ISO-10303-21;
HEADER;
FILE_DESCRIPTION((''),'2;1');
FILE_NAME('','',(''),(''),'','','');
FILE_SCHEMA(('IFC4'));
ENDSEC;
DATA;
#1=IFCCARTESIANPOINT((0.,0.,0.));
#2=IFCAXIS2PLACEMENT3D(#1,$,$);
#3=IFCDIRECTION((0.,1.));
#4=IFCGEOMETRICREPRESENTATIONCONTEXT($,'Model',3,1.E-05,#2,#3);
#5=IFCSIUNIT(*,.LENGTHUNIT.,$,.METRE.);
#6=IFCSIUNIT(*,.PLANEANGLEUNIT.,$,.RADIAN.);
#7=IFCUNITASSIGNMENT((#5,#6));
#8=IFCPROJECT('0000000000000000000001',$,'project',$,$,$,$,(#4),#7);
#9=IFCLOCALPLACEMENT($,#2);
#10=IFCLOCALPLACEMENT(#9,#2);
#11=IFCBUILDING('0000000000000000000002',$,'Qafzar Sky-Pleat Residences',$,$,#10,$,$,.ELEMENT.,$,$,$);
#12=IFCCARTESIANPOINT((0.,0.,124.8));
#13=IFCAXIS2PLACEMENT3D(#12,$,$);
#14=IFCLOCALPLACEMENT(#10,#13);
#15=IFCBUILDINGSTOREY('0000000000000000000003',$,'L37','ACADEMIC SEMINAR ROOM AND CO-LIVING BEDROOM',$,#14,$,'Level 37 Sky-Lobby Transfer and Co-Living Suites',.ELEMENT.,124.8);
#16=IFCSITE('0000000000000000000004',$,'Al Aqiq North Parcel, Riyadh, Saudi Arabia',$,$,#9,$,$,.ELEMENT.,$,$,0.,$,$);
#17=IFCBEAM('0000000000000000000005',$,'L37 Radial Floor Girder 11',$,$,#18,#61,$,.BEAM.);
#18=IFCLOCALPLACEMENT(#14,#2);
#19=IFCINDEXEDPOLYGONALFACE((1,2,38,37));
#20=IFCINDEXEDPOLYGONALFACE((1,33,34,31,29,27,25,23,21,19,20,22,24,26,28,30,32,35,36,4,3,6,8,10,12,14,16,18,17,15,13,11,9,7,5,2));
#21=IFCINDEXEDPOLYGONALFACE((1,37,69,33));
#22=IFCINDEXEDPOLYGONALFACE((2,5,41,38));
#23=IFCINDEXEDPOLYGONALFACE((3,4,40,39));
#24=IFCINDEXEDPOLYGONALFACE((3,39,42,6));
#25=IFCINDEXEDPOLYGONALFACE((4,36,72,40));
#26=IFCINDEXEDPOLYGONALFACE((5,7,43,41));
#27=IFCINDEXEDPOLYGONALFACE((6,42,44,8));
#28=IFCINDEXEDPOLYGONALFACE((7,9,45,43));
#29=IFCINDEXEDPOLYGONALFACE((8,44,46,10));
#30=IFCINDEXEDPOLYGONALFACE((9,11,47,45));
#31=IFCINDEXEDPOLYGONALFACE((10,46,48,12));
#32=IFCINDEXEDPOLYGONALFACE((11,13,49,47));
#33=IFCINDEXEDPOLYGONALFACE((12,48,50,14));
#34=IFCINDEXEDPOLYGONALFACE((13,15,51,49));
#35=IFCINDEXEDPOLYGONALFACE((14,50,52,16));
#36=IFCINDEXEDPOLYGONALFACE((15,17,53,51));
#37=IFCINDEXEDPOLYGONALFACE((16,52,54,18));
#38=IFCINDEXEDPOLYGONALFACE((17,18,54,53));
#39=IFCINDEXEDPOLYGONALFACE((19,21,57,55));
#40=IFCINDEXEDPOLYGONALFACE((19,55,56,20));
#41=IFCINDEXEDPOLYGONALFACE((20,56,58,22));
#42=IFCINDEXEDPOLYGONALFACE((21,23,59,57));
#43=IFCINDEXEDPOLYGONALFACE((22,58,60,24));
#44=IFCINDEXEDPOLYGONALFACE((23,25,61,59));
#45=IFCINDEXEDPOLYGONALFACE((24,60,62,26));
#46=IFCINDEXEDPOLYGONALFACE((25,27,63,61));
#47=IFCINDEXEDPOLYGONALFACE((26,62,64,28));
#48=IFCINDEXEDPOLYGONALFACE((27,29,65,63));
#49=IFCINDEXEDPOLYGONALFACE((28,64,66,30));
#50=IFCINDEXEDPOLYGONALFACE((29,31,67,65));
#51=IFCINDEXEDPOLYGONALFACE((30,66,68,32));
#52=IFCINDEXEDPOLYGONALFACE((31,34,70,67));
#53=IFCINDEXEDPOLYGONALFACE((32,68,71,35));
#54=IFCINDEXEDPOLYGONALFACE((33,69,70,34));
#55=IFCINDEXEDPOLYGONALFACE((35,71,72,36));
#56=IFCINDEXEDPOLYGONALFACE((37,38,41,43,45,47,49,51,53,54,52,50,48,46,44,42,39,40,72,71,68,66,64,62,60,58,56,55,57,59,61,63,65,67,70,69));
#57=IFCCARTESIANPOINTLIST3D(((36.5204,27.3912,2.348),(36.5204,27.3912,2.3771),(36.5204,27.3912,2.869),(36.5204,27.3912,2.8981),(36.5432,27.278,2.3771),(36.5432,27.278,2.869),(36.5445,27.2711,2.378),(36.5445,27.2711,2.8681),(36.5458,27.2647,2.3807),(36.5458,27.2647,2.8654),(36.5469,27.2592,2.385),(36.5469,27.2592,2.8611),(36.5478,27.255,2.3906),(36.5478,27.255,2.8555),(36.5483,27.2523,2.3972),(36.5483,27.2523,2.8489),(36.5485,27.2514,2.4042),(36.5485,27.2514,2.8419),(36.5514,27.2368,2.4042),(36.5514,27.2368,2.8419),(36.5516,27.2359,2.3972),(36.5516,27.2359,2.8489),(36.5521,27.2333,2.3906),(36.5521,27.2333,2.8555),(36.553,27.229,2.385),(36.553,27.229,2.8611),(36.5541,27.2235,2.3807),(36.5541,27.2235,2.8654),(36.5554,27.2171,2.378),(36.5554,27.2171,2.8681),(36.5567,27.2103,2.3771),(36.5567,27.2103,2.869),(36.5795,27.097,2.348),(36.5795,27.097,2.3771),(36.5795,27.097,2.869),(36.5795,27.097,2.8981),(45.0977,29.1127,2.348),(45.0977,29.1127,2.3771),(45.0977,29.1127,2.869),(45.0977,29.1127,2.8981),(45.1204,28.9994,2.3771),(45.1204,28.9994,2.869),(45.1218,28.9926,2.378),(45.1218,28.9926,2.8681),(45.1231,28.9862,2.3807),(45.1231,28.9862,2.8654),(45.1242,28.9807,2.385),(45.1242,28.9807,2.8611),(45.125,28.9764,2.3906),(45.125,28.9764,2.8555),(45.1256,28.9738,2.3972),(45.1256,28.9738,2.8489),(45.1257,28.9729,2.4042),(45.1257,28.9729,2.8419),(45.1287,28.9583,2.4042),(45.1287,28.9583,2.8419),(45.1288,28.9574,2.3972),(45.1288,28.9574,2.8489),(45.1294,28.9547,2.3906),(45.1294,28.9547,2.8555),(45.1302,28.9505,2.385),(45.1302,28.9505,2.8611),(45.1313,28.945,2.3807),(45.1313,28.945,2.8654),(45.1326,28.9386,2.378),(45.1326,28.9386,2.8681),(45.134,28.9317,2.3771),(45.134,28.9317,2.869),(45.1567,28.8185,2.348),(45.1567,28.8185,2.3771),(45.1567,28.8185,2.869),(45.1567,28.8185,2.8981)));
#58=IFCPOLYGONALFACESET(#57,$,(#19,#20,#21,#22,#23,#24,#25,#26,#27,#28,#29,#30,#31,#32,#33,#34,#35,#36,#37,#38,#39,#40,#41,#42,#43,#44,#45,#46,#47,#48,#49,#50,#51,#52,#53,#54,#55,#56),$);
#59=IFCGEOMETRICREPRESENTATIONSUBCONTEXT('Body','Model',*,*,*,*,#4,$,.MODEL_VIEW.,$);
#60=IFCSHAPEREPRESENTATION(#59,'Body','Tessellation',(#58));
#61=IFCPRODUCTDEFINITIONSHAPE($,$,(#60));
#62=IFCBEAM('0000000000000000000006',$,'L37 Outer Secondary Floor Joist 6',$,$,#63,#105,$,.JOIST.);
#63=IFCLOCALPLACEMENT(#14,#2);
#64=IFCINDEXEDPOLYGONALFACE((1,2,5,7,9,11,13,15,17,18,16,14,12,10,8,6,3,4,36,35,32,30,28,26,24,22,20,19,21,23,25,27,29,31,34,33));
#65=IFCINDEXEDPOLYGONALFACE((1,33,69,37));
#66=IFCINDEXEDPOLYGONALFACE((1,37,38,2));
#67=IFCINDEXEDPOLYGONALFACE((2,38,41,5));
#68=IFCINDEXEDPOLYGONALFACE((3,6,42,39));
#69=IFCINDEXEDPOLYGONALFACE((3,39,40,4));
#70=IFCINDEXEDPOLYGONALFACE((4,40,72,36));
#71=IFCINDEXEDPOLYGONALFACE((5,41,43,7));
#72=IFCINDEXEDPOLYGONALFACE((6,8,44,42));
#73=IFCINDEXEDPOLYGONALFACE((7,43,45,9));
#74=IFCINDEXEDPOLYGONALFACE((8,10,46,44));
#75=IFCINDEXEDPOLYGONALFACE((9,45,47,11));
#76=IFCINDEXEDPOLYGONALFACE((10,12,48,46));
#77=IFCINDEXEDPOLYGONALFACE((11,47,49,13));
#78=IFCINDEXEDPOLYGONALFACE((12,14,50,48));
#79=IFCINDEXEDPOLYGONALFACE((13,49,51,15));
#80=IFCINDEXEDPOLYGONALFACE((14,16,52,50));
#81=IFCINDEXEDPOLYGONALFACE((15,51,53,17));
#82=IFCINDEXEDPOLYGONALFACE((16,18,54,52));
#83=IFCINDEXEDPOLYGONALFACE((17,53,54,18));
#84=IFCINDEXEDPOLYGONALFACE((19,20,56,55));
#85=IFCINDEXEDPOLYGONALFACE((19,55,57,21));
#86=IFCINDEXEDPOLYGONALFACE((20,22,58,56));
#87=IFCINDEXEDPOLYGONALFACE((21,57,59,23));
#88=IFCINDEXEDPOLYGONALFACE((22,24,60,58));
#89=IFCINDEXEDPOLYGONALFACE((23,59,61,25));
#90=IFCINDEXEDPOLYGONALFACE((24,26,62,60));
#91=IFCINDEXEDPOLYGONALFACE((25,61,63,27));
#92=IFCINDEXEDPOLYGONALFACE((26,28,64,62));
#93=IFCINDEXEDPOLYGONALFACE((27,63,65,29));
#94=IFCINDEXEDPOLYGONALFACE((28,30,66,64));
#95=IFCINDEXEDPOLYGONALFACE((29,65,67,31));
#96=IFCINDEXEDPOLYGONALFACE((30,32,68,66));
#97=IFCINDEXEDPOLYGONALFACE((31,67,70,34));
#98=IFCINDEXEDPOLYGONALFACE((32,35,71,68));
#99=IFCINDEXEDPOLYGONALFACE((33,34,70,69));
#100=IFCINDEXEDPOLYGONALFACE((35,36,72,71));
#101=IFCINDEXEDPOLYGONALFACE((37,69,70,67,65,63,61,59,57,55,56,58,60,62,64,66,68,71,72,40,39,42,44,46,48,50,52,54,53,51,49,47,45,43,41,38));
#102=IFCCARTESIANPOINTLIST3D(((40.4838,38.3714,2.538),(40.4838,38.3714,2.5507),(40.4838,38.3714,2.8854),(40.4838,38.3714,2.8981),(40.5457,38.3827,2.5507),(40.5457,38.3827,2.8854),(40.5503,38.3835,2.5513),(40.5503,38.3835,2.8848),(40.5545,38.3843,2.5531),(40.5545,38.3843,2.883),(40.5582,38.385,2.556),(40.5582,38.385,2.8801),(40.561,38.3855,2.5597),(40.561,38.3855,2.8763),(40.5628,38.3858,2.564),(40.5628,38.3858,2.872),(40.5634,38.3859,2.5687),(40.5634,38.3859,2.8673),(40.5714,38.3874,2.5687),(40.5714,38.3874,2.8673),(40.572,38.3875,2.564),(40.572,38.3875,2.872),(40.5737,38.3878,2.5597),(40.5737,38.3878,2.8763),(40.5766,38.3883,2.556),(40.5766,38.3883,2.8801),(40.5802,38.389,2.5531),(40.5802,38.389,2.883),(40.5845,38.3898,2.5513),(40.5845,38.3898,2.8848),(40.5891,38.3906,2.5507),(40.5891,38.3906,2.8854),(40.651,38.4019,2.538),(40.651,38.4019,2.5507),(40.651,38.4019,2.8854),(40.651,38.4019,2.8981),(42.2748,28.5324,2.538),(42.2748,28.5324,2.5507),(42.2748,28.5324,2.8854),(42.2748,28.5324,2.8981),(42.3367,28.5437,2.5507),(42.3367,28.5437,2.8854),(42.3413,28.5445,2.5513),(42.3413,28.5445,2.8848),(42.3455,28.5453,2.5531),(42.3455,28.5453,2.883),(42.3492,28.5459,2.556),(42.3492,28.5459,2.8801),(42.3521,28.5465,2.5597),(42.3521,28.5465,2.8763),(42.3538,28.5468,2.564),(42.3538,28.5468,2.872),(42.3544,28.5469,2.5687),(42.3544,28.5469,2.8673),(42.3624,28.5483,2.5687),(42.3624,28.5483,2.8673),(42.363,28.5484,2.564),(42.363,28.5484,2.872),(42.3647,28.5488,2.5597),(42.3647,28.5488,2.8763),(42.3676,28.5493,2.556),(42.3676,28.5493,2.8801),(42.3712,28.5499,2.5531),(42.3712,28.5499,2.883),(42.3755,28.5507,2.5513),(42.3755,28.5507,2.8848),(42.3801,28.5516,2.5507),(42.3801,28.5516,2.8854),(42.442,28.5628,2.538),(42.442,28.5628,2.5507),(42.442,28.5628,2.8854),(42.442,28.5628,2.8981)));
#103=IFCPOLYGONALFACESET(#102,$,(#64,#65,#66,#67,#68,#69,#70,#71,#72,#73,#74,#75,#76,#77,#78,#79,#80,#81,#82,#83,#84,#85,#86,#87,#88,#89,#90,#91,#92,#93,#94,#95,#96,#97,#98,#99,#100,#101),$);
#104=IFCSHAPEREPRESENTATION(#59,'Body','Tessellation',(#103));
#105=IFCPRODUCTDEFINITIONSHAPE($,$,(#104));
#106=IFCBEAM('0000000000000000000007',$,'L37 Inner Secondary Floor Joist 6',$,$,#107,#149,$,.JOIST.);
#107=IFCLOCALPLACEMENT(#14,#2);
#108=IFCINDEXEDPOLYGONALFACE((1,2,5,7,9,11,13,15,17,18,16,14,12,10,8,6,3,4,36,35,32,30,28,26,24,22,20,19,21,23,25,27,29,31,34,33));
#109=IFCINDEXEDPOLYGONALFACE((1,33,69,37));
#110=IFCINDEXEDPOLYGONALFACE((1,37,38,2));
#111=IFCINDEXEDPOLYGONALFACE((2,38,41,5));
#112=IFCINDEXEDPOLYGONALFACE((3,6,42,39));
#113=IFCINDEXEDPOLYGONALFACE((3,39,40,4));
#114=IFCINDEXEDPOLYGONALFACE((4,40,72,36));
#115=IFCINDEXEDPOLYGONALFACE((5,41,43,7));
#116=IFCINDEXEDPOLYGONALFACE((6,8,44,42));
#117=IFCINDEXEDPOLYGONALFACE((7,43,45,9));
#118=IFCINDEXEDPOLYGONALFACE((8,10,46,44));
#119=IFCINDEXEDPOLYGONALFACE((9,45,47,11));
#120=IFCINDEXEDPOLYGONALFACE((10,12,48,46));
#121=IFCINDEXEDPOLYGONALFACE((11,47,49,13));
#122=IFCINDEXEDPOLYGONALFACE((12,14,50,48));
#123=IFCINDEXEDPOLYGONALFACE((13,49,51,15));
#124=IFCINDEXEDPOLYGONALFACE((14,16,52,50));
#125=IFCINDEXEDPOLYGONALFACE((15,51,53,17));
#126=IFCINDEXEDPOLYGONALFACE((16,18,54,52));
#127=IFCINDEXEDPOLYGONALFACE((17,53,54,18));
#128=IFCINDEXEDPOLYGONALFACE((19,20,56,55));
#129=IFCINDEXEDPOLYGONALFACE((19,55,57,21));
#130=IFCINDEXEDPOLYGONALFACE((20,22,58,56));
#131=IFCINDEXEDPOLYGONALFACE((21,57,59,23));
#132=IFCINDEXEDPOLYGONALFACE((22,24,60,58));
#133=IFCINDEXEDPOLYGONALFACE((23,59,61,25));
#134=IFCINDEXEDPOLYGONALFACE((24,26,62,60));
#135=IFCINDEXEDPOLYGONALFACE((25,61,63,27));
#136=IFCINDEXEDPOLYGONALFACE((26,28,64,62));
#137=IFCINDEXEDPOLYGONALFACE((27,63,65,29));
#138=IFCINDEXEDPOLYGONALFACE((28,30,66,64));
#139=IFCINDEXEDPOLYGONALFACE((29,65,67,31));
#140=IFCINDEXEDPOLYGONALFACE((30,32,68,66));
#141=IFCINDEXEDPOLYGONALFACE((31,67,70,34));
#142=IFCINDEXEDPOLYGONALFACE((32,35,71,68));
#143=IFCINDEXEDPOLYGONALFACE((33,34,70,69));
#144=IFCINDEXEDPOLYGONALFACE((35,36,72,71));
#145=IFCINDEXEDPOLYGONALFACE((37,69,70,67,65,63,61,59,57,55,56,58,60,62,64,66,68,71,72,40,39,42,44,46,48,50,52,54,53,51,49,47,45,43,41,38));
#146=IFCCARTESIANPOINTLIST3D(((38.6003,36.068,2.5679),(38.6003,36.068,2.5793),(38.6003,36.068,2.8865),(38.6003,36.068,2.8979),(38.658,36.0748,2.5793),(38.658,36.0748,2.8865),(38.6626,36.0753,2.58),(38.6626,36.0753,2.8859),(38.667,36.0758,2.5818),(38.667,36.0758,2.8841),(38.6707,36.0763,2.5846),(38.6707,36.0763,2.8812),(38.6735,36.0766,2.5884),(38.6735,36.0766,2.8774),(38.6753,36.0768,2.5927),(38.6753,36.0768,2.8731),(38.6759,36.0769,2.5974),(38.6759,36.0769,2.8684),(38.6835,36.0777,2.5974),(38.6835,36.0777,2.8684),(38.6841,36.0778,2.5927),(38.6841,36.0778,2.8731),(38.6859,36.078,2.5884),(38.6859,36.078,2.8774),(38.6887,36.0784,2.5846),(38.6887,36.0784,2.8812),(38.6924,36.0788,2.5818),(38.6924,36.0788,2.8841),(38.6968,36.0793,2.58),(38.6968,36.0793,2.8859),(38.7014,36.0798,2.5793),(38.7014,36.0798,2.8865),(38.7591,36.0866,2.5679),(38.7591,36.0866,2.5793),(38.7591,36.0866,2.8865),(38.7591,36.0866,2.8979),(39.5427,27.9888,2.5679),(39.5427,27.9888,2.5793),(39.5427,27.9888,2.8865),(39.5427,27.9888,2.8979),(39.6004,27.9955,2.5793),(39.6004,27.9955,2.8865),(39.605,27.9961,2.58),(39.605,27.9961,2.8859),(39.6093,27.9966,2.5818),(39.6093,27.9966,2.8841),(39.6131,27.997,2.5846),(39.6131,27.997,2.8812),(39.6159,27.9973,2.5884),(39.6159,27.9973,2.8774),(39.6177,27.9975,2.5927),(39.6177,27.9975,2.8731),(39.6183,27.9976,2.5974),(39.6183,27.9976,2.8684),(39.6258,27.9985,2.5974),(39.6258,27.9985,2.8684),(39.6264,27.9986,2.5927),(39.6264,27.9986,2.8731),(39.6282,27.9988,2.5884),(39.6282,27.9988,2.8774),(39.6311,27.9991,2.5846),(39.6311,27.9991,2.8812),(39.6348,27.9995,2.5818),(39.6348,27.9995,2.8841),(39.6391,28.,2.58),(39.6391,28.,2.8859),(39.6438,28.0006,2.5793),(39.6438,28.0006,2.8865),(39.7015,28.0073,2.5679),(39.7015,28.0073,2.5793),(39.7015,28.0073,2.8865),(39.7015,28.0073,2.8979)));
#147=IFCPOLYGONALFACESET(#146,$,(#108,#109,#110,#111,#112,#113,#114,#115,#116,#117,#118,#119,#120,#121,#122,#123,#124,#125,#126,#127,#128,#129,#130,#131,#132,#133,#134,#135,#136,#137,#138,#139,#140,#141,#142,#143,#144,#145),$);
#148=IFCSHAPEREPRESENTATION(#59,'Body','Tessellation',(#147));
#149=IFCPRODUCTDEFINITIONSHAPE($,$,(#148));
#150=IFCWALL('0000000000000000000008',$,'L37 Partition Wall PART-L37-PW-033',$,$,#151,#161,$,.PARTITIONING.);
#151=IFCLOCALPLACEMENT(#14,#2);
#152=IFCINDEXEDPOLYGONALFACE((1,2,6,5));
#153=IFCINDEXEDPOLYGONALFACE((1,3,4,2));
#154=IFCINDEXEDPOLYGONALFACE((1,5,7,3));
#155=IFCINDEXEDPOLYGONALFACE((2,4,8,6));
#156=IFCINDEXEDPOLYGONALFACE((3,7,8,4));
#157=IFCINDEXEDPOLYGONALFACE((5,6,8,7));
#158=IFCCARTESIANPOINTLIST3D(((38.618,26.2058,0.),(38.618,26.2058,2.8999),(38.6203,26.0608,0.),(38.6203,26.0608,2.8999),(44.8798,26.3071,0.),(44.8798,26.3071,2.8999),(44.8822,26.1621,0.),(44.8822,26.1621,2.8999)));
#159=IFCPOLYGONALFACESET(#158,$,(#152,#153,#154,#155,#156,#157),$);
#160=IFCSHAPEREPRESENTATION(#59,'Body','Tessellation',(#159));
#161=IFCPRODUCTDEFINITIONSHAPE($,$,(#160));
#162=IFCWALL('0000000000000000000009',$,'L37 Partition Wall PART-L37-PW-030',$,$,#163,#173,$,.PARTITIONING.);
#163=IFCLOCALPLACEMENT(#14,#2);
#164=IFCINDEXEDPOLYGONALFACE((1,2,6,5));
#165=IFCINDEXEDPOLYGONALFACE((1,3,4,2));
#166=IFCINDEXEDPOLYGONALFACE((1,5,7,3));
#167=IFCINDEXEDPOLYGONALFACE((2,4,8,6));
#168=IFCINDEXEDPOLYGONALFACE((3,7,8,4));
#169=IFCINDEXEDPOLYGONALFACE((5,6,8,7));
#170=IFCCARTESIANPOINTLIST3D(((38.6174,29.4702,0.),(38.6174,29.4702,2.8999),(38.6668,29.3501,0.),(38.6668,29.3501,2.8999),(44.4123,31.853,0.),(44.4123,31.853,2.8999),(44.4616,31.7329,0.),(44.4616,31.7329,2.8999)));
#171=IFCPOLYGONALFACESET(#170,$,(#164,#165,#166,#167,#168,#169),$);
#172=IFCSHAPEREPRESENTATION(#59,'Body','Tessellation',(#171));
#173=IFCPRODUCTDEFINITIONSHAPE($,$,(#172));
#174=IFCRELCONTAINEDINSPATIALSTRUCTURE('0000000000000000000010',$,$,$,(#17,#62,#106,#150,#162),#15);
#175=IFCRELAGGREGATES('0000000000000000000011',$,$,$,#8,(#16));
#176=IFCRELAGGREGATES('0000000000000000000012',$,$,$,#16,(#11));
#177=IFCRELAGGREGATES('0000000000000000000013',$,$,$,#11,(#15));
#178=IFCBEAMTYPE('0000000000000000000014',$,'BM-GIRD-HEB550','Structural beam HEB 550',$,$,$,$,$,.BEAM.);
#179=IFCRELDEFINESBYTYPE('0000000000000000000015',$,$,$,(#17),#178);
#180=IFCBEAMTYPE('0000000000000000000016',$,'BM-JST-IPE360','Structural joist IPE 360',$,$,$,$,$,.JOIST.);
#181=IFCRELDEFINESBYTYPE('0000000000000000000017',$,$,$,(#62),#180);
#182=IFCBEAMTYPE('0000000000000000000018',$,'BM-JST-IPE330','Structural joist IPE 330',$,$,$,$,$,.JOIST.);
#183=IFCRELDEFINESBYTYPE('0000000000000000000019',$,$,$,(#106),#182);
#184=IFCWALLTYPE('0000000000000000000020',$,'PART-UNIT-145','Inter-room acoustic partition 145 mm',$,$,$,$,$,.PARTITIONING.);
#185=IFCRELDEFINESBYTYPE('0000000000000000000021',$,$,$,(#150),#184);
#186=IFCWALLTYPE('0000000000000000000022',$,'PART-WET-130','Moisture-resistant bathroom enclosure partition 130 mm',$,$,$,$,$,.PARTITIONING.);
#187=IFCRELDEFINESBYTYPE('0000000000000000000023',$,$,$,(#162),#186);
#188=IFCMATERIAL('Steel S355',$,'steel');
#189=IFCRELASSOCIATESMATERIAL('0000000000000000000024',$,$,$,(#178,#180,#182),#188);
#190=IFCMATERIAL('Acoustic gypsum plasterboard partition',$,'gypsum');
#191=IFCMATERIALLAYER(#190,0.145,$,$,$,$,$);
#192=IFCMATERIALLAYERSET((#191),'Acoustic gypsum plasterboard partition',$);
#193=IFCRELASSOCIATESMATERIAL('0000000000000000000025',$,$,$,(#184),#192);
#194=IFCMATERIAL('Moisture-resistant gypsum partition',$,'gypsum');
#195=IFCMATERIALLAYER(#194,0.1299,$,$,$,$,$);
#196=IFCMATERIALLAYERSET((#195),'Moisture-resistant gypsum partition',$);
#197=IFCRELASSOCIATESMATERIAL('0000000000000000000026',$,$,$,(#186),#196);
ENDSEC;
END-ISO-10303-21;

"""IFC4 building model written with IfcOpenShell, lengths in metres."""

from ifc_helpers import new_model, si_unit, direction, frame, frame_2d, origin, origin_2d, place, context, subcontext, project, spatial, rectangle, i_section, extrude, source, transform, mapped, material, layer, layer_set, material_profile, profile_set, type_object, element, save


model = new_model("IFC4")

# Units and contexts
model_context = context("Model", 3, precision=1e-05, world=origin(), true_north=direction((0.0, 1.0)))
body_context = subcontext(model_context, "Body", "Model", "MODEL_VIEW")
ifc_project = project(units=[si_unit("LENGTHUNIT", "METRE"), si_unit("PLANEANGLEUNIT", "RADIAN")], contexts=[model_context])

# Site, building, storey
site_placement = place(None, origin())
site = spatial("IfcSite", under=ifc_project, at=site_placement, Name="Al Aqiq North Parcel, Riyadh, Saudi Arabia", CompositionType="ELEMENT", RefElevation=0.0)
building_placement = place(site_placement, origin())
building = spatial("IfcBuilding", under=site, at=building_placement, Name="Qafzar Sky-Pleat Residences", CompositionType="ELEMENT")
storey_placement = place(building_placement, frame((0.0, 0.0, 124.8)))
storey = spatial("IfcBuildingStorey", under=building, at=storey_placement, Name="L37", Description="ACADEMIC SEMINAR ROOM AND CO-LIVING BEDROOM", LongName="Level 37 Sky-Lobby Transfer and Co-Living Suites", CompositionType="ELEMENT", Elevation=124.8)

# Beams
ifc_material_1 = material(Name="Steel S355", Category="steel")
ifc_material_profile_1 = material_profile(ifc_material_1, i_section(OverallWidth=0.3, OverallDepth=0.55, WebThickness=0.0149, FlangeThickness=0.0291, FilletRadius=0.0271, at=origin_2d()), Name="HEB 550")
ifc_profile_set_1 = profile_set([ifc_material_profile_1], Name="Steel S355")
beam_type_1 = type_object("IfcBeamType", Name="BM-GIRD-HEB550", Description="Structural beam HEB 550", PredefinedType="BEAM", material=ifc_profile_set_1)
shared_shape_1 = source(origin(), body_context, "Body", "SweptSolid", [
    extrude(i_section(OverallWidth=0.3, OverallDepth=0.55, WebThickness=0.0149, FlangeThickness=0.0291, FilletRadius=0.0271, at=origin_2d()), origin(), (0.0, 0.0, 1.0), 8.7483),
])
beam_1_placement = place(storey_placement, frame((45.1272, 28.9656, 2.623), z_axis=(-0.980448, -0.196776, 0.0), x_axis=(0.196776, -0.980448, 0.0)))
element("IfcBeam", 1, at=beam_1_placement, inside=storey, type_object=beam_type_1, Name="L37 Radial Floor Girder 11", PredefinedType="BEAM", context=body_context, shape_type="MappedRepresentation", body=[
    mapped(shared_shape_1, transform((0.0, 0.0, 0.0), x_axis=(1.0, 0.0, 0.0), y_axis=(0.0, 1.0, 0.0), z_axis=(0.0, 0.0, 1.0), scale=1.0)),
])
ifc_material_profile_2 = material_profile(ifc_material_1, i_section(OverallWidth=0.1699, OverallDepth=0.3601, WebThickness=0.0081, FlangeThickness=0.0127, FilletRadius=0.0181, at=origin_2d()), Name="IPE 360")
ifc_profile_set_2 = profile_set([ifc_material_profile_2], Name="Steel S355")
beam_type_2 = type_object("IfcBeamType", Name="BM-JST-IPE360", Description="Structural joist IPE 360", PredefinedType="JOIST", material=ifc_profile_set_2)
shared_shape_2 = source(origin(), body_context, "Body", "SweptSolid", [
    extrude(i_section(OverallWidth=0.1699, OverallDepth=0.3601, WebThickness=0.0081, FlangeThickness=0.0127, FilletRadius=0.0181, at=origin_2d()), origin(), (0.0, 0.0, 1.0), 10.0007),
])
beam_2_placement = place(storey_placement, frame((42.3584, 28.5476, 2.718), z_axis=(-0.179087, 0.983833, 0.0), x_axis=(-0.983833, -0.179087, 0.0)))
element("IfcBeam", 2, at=beam_2_placement, inside=storey, type_object=beam_type_2, Name="L37 Outer Secondary Floor Joist 6", PredefinedType="JOIST", context=body_context, shape_type="MappedRepresentation", body=[
    mapped(shared_shape_2, transform((0.0, 0.0, 0.0), x_axis=(1.0, 0.0, 0.0), y_axis=(0.0, 1.0, 0.0), z_axis=(0.0, 0.0, 1.0), scale=1.0)),
])
ifc_material_profile_3 = material_profile(ifc_material_1, i_section(OverallWidth=0.1599, OverallDepth=0.3301, WebThickness=0.0076, FlangeThickness=0.0115, FilletRadius=0.0181, at=origin_2d()), Name="IPE 330")
ifc_profile_set_3 = profile_set([ifc_material_profile_3], Name="Steel S355")
beam_type_3 = type_object("IfcBeamType", Name="BM-JST-IPE330", Description="Structural joist IPE 330", PredefinedType="JOIST", material=ifc_profile_set_3)
shared_shape_3 = source(origin(), body_context, "Body", "SweptSolid", [
    extrude(i_section(OverallWidth=0.1599, OverallDepth=0.3301, WebThickness=0.0076, FlangeThickness=0.0115, FilletRadius=0.0181, at=origin_2d()), origin(), (0.0, 0.0, 1.0), 8.134),
])
beam_3_placement = place(storey_placement, frame((39.6221, 27.998, 2.7329), z_axis=(-0.115856, 0.993266, 0.0), x_axis=(-0.993266, -0.115856, 0.0)))
element("IfcBeam", 3, at=beam_3_placement, inside=storey, type_object=beam_type_3, Name="L37 Inner Secondary Floor Joist 6", PredefinedType="JOIST", context=body_context, shape_type="MappedRepresentation", body=[
    mapped(shared_shape_3, transform((0.0, 0.0, 0.0), x_axis=(1.0, 0.0, 0.0), y_axis=(0.0, 1.0, 0.0), z_axis=(0.0, 0.0, 1.0), scale=1.0)),
])

# Walls
ifc_material_2 = material(Name="Acoustic gypsum plasterboard partition", Category="gypsum")
ifc_layer_1 = layer(ifc_material_2, 0.145)
ifc_layer_set_1 = layer_set([ifc_layer_1], Name="Acoustic gypsum plasterboard partition")
wall_type_1 = type_object("IfcWallType", Name="PART-UNIT-145", Description="Inter-room acoustic partition 145 mm", PredefinedType="PARTITIONING", material=ifc_layer_set_1)
wall_1_placement = place(storey_placement, frame((38.6191, 26.1333, 0.0), z_axis=(0.0, 0.0, 1.0), x_axis=(0.999869, 0.016178, 0.0)))
element("IfcWall", 4, at=wall_1_placement, inside=storey, type_object=wall_type_1, Name="L37 Partition Wall PART-L37-PW-033", PredefinedType="PARTITIONING", context=body_context, shape_type="SweptSolid", body=[
    extrude(rectangle(XDim=6.2627, YDim=0.145, at=frame_2d((3.1313, 0.0))), origin(), (0.0, 0.0, 1.0), 2.8999),
])
ifc_material_3 = material(Name="Moisture-resistant gypsum partition", Category="gypsum")
ifc_layer_2 = layer(ifc_material_3, 0.1299)
ifc_layer_set_2 = layer_set([ifc_layer_2], Name="Moisture-resistant gypsum partition")
wall_type_2 = type_object("IfcWallType", Name="PART-WET-130", Description="Moisture-resistant bathroom enclosure partition 130 mm", PredefinedType="PARTITIONING", material=ifc_layer_set_2)
wall_2_placement = place(storey_placement, frame((38.6421, 29.4102, 0.0), z_axis=(0.0, 0.0, 1.0), x_axis=(0.924865, 0.380295, 0.0)))
element("IfcWall", 5, at=wall_2_placement, inside=storey, type_object=wall_type_2, Name="L37 Partition Wall PART-L37-PW-030", PredefinedType="PARTITIONING", context=body_context, shape_type="SweptSolid", body=[
    extrude(rectangle(XDim=6.2656, YDim=0.1299, at=frame_2d((3.1328, 0.0))), origin(), (0.0, 0.0, 1.0), 2.8999),
])

save(model, "model.ifc")
